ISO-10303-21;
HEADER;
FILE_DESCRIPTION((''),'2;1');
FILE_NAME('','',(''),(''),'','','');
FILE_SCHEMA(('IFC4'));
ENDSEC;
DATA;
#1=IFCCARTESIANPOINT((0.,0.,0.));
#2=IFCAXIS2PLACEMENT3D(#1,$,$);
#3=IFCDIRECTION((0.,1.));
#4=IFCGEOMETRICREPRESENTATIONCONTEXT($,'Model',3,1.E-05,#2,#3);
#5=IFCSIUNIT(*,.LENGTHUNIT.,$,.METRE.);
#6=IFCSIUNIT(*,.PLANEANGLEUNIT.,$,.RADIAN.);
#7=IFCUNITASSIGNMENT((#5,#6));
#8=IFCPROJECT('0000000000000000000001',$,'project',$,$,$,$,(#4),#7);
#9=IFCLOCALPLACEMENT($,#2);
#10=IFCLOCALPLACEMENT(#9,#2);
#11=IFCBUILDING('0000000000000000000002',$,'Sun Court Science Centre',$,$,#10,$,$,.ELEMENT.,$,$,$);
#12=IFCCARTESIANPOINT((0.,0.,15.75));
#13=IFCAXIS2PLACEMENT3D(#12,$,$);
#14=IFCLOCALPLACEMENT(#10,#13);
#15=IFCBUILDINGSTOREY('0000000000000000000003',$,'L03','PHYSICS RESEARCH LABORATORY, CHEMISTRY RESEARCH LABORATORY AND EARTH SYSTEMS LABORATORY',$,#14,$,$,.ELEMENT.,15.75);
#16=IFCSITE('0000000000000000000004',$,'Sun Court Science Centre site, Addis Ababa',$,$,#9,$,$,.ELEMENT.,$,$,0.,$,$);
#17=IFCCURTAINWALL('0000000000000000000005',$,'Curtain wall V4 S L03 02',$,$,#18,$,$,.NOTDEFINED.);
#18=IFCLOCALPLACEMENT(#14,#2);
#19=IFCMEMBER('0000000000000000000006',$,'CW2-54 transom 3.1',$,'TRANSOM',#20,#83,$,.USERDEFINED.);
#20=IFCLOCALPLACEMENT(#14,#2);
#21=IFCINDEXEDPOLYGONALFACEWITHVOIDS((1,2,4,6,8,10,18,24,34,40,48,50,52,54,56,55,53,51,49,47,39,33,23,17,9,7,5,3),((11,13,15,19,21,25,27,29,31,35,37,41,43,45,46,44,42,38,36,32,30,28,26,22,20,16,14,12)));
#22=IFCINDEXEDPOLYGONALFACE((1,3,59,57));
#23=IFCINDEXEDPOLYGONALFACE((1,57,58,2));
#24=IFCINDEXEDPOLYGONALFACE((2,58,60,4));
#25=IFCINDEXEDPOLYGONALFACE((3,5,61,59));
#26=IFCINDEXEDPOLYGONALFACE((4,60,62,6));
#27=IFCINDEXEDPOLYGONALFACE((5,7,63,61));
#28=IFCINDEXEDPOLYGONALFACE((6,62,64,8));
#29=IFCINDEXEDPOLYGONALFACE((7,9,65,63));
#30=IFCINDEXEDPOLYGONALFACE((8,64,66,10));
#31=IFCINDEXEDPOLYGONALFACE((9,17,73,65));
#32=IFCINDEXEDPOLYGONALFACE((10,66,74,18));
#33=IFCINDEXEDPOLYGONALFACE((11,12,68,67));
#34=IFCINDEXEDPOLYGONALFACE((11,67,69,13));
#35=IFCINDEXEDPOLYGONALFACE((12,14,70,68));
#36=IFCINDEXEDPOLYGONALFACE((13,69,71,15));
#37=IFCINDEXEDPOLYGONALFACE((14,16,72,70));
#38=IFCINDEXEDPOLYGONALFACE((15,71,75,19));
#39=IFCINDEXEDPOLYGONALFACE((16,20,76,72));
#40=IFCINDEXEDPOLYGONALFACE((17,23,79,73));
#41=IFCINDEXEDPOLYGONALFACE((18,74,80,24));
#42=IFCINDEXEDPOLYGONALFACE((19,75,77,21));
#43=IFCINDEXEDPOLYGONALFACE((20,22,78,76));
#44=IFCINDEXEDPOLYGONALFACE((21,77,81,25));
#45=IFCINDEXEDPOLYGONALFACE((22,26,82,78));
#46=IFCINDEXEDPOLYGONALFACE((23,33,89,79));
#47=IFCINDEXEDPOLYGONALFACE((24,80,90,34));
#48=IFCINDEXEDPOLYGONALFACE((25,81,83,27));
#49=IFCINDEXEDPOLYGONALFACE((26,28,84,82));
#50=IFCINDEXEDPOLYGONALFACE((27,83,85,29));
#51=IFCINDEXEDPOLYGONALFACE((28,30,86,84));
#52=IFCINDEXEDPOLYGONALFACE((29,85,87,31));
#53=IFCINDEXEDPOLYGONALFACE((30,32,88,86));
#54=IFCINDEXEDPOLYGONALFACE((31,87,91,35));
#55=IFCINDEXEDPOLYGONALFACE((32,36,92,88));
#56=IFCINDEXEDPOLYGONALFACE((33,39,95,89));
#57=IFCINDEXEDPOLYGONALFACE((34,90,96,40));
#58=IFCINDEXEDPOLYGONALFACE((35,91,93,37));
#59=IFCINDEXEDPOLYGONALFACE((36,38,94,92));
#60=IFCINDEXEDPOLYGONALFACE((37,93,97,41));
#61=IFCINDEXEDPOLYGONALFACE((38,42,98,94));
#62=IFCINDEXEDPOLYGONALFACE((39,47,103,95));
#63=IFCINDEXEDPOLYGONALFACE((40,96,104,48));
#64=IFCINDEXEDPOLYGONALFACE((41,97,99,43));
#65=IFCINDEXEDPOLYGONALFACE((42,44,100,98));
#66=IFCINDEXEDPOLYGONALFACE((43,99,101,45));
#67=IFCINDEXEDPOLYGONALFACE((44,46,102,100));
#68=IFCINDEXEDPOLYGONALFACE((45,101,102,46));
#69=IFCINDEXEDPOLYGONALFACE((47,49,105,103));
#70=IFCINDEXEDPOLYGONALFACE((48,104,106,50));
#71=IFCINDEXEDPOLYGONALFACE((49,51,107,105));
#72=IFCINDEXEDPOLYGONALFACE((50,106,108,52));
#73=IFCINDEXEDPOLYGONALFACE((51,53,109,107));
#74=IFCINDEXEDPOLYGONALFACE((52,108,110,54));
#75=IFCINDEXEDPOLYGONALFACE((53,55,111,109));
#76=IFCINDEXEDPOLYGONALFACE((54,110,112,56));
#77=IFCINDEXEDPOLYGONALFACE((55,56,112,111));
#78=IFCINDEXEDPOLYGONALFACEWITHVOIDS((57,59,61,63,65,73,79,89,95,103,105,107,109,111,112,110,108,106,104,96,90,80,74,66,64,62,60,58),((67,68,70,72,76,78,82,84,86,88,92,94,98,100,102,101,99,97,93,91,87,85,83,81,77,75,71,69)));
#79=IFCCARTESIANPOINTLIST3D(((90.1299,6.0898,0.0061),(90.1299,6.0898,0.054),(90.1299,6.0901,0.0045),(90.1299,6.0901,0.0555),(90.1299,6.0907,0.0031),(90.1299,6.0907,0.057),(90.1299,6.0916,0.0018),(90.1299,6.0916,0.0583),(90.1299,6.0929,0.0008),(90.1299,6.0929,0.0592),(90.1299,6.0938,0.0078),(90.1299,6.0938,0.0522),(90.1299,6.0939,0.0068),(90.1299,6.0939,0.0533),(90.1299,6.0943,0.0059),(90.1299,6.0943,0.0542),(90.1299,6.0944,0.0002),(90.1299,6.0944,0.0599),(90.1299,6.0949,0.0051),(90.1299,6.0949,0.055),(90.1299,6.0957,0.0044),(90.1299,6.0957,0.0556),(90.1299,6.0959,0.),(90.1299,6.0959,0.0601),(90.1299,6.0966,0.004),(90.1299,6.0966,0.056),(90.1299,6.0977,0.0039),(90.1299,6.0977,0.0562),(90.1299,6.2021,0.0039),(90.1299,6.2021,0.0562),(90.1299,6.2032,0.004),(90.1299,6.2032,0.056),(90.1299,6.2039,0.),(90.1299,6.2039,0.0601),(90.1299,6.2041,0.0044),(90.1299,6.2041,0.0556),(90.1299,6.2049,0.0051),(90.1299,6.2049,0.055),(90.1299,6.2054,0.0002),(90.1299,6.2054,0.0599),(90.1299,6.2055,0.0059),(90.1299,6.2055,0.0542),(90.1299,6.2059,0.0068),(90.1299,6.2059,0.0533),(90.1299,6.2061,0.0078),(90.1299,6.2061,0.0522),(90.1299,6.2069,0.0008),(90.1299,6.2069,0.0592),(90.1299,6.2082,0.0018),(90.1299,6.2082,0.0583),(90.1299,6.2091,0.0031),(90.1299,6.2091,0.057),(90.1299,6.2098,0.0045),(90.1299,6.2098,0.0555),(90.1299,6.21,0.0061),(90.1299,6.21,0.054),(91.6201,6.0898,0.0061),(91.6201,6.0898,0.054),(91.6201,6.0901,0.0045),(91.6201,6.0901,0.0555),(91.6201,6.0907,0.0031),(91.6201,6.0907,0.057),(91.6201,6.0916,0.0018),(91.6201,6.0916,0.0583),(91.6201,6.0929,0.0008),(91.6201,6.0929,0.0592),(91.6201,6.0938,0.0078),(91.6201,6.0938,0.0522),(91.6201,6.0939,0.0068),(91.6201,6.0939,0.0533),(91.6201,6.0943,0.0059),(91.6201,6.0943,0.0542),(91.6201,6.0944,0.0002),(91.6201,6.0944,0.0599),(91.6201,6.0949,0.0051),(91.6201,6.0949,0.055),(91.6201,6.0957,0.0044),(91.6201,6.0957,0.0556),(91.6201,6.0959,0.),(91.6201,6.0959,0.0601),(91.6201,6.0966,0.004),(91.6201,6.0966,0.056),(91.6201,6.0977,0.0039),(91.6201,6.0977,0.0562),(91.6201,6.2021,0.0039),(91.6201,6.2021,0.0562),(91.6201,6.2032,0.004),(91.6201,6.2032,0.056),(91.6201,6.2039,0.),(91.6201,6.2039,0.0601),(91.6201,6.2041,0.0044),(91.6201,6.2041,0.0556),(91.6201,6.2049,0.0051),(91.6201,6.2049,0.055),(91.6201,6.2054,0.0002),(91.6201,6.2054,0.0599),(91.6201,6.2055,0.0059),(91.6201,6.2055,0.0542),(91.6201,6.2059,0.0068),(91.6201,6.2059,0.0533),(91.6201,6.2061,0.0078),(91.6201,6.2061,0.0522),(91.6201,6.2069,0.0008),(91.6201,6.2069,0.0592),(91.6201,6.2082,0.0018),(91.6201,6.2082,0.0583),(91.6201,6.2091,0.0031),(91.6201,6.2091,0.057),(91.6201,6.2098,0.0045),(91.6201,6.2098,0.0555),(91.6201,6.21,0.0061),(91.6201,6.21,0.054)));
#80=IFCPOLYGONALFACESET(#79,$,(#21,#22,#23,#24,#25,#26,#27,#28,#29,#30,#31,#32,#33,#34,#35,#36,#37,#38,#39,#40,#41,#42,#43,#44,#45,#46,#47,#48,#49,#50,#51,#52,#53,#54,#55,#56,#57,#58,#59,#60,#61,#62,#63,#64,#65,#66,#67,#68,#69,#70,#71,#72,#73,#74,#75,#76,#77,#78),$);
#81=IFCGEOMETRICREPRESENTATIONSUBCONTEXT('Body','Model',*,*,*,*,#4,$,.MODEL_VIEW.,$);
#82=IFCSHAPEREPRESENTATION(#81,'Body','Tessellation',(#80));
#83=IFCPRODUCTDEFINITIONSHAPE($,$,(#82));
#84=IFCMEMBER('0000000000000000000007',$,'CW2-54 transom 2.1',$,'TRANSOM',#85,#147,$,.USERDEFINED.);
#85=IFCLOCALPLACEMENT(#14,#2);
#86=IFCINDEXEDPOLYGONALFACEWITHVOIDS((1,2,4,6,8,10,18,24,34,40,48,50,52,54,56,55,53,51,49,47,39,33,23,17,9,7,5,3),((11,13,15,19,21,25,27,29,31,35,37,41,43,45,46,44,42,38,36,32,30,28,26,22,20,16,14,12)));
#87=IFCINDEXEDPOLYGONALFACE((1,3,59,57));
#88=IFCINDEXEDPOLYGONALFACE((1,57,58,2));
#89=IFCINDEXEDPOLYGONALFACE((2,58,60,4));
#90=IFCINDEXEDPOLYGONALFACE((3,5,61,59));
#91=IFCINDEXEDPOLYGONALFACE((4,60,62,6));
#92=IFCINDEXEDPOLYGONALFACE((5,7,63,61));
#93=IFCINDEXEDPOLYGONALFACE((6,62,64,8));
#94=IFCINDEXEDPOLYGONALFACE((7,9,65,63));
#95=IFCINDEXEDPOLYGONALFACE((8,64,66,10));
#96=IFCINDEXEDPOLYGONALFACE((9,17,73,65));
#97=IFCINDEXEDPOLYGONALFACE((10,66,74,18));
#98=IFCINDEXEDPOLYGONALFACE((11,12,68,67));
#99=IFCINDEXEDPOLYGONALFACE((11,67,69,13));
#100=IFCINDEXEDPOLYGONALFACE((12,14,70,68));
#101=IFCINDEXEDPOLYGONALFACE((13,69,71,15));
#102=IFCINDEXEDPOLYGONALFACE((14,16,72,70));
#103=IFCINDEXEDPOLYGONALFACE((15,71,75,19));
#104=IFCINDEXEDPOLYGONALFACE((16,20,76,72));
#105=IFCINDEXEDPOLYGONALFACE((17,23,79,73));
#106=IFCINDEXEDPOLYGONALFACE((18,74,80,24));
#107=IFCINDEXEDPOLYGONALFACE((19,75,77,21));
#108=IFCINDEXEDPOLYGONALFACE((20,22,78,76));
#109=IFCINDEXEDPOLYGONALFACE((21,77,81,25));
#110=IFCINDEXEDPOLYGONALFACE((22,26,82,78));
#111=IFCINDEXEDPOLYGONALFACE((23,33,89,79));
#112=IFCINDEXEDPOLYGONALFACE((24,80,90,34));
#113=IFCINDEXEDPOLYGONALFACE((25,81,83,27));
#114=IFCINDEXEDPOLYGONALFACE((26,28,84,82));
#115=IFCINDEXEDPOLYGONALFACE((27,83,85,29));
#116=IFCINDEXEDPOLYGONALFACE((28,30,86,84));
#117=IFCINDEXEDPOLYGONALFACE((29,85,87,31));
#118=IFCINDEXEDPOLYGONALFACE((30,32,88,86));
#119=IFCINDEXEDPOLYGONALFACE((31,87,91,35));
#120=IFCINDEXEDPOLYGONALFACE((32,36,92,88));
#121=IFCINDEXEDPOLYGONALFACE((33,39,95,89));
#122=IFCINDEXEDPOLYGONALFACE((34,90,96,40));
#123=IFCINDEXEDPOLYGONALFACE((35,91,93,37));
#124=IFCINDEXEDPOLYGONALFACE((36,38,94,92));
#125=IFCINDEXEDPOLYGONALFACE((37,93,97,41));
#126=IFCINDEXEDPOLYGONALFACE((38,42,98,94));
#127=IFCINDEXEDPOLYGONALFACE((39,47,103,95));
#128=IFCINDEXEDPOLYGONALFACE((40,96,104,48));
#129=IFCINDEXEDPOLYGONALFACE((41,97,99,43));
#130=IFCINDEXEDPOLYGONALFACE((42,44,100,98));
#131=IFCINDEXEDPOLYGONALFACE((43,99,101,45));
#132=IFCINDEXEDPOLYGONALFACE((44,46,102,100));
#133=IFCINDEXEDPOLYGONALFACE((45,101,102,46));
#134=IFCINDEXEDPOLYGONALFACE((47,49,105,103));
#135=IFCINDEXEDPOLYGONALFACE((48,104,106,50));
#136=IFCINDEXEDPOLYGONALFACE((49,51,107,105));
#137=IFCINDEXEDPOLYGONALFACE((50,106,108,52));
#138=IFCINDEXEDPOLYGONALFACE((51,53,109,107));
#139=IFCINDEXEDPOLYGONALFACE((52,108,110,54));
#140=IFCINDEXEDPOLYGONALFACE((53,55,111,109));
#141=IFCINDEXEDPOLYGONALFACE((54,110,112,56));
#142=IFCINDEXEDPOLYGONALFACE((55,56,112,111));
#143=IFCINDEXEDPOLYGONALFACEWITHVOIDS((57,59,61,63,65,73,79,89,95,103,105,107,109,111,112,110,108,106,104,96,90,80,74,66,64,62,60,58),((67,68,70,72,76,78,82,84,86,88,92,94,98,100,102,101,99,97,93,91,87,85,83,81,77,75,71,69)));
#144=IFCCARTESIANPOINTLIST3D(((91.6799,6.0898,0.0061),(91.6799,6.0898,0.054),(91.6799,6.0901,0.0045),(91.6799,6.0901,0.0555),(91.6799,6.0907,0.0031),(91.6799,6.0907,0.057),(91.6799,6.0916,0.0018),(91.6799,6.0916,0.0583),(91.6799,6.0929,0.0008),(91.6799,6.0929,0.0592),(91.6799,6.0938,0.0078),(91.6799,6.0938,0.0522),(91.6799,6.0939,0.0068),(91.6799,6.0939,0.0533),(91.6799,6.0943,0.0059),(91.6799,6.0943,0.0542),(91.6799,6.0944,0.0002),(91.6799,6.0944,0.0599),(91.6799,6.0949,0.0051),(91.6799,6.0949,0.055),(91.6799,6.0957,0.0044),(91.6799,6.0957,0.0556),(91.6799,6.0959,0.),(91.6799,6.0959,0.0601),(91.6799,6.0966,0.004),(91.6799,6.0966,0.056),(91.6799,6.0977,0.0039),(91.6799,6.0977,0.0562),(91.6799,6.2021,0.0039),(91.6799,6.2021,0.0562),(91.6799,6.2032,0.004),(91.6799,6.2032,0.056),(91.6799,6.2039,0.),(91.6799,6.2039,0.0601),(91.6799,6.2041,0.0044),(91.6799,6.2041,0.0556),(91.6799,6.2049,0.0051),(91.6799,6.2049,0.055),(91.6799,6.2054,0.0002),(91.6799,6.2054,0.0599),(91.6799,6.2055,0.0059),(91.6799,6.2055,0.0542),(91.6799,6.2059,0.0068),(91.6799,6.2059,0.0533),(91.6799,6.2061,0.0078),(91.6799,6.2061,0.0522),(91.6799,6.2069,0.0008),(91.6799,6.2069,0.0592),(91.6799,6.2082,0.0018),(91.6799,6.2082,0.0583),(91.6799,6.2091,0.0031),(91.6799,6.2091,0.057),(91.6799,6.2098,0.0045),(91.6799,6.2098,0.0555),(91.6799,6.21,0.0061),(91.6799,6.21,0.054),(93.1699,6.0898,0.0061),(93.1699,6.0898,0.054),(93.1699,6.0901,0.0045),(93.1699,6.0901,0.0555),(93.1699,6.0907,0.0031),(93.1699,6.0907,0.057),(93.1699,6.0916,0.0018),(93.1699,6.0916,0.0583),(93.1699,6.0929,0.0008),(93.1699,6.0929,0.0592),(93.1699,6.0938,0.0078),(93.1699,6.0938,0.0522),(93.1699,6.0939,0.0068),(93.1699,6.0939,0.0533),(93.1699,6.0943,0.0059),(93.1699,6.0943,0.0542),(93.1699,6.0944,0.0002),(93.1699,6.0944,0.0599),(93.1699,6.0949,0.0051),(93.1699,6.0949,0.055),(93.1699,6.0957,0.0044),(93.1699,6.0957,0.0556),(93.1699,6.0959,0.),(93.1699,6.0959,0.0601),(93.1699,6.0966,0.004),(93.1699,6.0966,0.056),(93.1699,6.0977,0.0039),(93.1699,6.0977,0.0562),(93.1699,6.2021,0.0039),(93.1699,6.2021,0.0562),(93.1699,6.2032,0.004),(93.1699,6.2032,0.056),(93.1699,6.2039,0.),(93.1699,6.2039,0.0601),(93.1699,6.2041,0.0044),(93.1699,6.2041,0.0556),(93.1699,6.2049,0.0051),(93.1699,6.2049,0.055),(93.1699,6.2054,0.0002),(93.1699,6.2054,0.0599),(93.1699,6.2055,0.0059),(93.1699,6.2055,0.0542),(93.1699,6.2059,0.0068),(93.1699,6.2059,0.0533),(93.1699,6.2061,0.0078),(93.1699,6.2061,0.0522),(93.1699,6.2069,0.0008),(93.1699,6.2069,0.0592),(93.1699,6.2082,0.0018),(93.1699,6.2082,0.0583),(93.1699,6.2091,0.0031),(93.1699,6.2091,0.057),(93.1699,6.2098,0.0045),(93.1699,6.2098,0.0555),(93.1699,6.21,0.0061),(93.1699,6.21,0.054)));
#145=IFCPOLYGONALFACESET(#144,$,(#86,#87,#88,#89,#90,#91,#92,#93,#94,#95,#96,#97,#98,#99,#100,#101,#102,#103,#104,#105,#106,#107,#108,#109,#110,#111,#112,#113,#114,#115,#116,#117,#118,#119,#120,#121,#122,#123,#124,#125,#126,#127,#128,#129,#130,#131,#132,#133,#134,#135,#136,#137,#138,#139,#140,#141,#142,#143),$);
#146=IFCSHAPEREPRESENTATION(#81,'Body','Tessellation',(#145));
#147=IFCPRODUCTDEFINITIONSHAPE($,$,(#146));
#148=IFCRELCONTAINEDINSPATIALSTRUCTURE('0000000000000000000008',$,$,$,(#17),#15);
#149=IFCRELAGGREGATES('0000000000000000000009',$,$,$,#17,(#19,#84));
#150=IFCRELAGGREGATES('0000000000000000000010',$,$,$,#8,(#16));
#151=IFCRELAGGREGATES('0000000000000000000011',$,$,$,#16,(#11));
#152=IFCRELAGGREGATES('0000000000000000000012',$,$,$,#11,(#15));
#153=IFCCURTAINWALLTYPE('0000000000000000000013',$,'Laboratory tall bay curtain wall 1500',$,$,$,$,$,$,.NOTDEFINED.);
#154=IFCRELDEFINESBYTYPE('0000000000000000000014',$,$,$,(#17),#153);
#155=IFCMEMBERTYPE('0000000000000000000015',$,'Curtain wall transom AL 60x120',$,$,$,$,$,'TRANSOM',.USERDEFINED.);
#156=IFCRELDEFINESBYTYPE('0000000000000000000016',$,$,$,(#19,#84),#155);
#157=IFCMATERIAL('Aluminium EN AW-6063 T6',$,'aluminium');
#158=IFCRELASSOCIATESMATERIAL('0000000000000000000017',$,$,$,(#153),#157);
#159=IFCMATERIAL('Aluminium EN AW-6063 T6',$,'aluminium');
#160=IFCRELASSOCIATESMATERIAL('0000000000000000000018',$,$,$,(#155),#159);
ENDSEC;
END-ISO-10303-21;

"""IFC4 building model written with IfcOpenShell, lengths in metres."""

from ifc_helpers import new_model, si_unit, direction, frame, origin, origin_2d, place, context, subcontext, project, spatial, hollow_rectangle, extrude, material, material_profile, profile_set, type_object, element, aggregate, save


model = new_model("IFC4")

# Units and contexts
model_context = context("Model", 3, precision=1e-05, world=origin(), true_north=direction((0.0, 1.0)))
body_context = subcontext(model_context, "Body", "Model", "MODEL_VIEW")
ifc_project = project(units=[si_unit("LENGTHUNIT", "METRE"), si_unit("PLANEANGLEUNIT", "RADIAN")], contexts=[model_context])

# Site, building, storey
site_placement = place(None, origin())
site = spatial("IfcSite", under=ifc_project, at=site_placement, Name="Sun Court Science Centre site, Addis Ababa", CompositionType="ELEMENT", RefElevation=0.0)
building_placement = place(site_placement, origin())
building = spatial("IfcBuilding", under=site, at=building_placement, Name="Sun Court Science Centre", CompositionType="ELEMENT")
storey_placement = place(building_placement, frame((0.0, 0.0, 15.75)))
storey = spatial("IfcBuildingStorey", under=building, at=storey_placement, Name="L03", Description="PHYSICS RESEARCH LABORATORY, CHEMISTRY RESEARCH LABORATORY AND EARTH SYSTEMS LABORATORY", CompositionType="ELEMENT", Elevation=15.75)

# Curtain wall
ifc_material_1 = material(Name="Aluminium EN AW-6063 T6", Category="aluminium")
curtain_wall_type = type_object("IfcCurtainWallType", Name="Laboratory tall bay curtain wall 1500", PredefinedType="NOTDEFINED", material=ifc_material_1)
curtain_wall_1_placement = place(storey_placement, origin())
curtain_wall_1 = element("IfcCurtainWall", 1, at=curtain_wall_1_placement, inside=storey, type_object=curtain_wall_type, Name="Curtain wall V4 S L03 02", PredefinedType="NOTDEFINED")

# Members
ifc_material_2 = material(Name="Aluminium EN AW-6063 T6", Category="aluminium")
ifc_material_profile_1 = material_profile(ifc_material_2, hollow_rectangle(XDim=0.0601, YDim=0.1201, WallThickness=0.0039, InnerFilletRadius=0.0039, OuterFilletRadius=0.0061, at=origin_2d()), Name="AL 60x120x4")
ifc_profile_set_1 = profile_set([ifc_material_profile_1], Name="Aluminium EN AW-6063 T6")
member_type_1 = type_object("IfcMemberType", Name="Curtain wall transom AL 60x120", ElementType="TRANSOM", PredefinedType="USERDEFINED", material=ifc_profile_set_1)
member_1_placement = place(storey_placement, frame((91.6201, 6.1499, 0.03), z_axis=(-1.0, 0.0, 0.0), x_axis=(0.0, 0.0, 1.0)))
member_1 = element("IfcMember", 2, at=member_1_placement, type_object=member_type_1, Name="CW2-54 transom 3.1", ObjectType="TRANSOM", PredefinedType="USERDEFINED", context=body_context, shape_type="SweptSolid", body=[
    extrude(hollow_rectangle(XDim=0.0601, YDim=0.1201, WallThickness=0.0039, InnerFilletRadius=0.0039, OuterFilletRadius=0.0061, at=origin_2d()), origin(), (0.0, 0.0, 1.0), 1.4902),
])
member_2_placement = place(storey_placement, frame((93.1699, 6.1499, 0.03), z_axis=(-1.0, 0.0, 0.0), x_axis=(0.0, 0.0, 1.0)))
member_2 = element("IfcMember", 3, at=member_2_placement, type_object=member_type_1, Name="CW2-54 transom 2.1", ObjectType="TRANSOM", PredefinedType="USERDEFINED", context=body_context, shape_type="SweptSolid", body=[
    extrude(hollow_rectangle(XDim=0.0601, YDim=0.1201, WallThickness=0.0039, InnerFilletRadius=0.0039, OuterFilletRadius=0.0061, at=origin_2d()), origin(), (0.0, 0.0, 1.0), 1.49),
])

aggregate(curtain_wall_1, [member_1, member_2])

save(model, "model.ifc")
